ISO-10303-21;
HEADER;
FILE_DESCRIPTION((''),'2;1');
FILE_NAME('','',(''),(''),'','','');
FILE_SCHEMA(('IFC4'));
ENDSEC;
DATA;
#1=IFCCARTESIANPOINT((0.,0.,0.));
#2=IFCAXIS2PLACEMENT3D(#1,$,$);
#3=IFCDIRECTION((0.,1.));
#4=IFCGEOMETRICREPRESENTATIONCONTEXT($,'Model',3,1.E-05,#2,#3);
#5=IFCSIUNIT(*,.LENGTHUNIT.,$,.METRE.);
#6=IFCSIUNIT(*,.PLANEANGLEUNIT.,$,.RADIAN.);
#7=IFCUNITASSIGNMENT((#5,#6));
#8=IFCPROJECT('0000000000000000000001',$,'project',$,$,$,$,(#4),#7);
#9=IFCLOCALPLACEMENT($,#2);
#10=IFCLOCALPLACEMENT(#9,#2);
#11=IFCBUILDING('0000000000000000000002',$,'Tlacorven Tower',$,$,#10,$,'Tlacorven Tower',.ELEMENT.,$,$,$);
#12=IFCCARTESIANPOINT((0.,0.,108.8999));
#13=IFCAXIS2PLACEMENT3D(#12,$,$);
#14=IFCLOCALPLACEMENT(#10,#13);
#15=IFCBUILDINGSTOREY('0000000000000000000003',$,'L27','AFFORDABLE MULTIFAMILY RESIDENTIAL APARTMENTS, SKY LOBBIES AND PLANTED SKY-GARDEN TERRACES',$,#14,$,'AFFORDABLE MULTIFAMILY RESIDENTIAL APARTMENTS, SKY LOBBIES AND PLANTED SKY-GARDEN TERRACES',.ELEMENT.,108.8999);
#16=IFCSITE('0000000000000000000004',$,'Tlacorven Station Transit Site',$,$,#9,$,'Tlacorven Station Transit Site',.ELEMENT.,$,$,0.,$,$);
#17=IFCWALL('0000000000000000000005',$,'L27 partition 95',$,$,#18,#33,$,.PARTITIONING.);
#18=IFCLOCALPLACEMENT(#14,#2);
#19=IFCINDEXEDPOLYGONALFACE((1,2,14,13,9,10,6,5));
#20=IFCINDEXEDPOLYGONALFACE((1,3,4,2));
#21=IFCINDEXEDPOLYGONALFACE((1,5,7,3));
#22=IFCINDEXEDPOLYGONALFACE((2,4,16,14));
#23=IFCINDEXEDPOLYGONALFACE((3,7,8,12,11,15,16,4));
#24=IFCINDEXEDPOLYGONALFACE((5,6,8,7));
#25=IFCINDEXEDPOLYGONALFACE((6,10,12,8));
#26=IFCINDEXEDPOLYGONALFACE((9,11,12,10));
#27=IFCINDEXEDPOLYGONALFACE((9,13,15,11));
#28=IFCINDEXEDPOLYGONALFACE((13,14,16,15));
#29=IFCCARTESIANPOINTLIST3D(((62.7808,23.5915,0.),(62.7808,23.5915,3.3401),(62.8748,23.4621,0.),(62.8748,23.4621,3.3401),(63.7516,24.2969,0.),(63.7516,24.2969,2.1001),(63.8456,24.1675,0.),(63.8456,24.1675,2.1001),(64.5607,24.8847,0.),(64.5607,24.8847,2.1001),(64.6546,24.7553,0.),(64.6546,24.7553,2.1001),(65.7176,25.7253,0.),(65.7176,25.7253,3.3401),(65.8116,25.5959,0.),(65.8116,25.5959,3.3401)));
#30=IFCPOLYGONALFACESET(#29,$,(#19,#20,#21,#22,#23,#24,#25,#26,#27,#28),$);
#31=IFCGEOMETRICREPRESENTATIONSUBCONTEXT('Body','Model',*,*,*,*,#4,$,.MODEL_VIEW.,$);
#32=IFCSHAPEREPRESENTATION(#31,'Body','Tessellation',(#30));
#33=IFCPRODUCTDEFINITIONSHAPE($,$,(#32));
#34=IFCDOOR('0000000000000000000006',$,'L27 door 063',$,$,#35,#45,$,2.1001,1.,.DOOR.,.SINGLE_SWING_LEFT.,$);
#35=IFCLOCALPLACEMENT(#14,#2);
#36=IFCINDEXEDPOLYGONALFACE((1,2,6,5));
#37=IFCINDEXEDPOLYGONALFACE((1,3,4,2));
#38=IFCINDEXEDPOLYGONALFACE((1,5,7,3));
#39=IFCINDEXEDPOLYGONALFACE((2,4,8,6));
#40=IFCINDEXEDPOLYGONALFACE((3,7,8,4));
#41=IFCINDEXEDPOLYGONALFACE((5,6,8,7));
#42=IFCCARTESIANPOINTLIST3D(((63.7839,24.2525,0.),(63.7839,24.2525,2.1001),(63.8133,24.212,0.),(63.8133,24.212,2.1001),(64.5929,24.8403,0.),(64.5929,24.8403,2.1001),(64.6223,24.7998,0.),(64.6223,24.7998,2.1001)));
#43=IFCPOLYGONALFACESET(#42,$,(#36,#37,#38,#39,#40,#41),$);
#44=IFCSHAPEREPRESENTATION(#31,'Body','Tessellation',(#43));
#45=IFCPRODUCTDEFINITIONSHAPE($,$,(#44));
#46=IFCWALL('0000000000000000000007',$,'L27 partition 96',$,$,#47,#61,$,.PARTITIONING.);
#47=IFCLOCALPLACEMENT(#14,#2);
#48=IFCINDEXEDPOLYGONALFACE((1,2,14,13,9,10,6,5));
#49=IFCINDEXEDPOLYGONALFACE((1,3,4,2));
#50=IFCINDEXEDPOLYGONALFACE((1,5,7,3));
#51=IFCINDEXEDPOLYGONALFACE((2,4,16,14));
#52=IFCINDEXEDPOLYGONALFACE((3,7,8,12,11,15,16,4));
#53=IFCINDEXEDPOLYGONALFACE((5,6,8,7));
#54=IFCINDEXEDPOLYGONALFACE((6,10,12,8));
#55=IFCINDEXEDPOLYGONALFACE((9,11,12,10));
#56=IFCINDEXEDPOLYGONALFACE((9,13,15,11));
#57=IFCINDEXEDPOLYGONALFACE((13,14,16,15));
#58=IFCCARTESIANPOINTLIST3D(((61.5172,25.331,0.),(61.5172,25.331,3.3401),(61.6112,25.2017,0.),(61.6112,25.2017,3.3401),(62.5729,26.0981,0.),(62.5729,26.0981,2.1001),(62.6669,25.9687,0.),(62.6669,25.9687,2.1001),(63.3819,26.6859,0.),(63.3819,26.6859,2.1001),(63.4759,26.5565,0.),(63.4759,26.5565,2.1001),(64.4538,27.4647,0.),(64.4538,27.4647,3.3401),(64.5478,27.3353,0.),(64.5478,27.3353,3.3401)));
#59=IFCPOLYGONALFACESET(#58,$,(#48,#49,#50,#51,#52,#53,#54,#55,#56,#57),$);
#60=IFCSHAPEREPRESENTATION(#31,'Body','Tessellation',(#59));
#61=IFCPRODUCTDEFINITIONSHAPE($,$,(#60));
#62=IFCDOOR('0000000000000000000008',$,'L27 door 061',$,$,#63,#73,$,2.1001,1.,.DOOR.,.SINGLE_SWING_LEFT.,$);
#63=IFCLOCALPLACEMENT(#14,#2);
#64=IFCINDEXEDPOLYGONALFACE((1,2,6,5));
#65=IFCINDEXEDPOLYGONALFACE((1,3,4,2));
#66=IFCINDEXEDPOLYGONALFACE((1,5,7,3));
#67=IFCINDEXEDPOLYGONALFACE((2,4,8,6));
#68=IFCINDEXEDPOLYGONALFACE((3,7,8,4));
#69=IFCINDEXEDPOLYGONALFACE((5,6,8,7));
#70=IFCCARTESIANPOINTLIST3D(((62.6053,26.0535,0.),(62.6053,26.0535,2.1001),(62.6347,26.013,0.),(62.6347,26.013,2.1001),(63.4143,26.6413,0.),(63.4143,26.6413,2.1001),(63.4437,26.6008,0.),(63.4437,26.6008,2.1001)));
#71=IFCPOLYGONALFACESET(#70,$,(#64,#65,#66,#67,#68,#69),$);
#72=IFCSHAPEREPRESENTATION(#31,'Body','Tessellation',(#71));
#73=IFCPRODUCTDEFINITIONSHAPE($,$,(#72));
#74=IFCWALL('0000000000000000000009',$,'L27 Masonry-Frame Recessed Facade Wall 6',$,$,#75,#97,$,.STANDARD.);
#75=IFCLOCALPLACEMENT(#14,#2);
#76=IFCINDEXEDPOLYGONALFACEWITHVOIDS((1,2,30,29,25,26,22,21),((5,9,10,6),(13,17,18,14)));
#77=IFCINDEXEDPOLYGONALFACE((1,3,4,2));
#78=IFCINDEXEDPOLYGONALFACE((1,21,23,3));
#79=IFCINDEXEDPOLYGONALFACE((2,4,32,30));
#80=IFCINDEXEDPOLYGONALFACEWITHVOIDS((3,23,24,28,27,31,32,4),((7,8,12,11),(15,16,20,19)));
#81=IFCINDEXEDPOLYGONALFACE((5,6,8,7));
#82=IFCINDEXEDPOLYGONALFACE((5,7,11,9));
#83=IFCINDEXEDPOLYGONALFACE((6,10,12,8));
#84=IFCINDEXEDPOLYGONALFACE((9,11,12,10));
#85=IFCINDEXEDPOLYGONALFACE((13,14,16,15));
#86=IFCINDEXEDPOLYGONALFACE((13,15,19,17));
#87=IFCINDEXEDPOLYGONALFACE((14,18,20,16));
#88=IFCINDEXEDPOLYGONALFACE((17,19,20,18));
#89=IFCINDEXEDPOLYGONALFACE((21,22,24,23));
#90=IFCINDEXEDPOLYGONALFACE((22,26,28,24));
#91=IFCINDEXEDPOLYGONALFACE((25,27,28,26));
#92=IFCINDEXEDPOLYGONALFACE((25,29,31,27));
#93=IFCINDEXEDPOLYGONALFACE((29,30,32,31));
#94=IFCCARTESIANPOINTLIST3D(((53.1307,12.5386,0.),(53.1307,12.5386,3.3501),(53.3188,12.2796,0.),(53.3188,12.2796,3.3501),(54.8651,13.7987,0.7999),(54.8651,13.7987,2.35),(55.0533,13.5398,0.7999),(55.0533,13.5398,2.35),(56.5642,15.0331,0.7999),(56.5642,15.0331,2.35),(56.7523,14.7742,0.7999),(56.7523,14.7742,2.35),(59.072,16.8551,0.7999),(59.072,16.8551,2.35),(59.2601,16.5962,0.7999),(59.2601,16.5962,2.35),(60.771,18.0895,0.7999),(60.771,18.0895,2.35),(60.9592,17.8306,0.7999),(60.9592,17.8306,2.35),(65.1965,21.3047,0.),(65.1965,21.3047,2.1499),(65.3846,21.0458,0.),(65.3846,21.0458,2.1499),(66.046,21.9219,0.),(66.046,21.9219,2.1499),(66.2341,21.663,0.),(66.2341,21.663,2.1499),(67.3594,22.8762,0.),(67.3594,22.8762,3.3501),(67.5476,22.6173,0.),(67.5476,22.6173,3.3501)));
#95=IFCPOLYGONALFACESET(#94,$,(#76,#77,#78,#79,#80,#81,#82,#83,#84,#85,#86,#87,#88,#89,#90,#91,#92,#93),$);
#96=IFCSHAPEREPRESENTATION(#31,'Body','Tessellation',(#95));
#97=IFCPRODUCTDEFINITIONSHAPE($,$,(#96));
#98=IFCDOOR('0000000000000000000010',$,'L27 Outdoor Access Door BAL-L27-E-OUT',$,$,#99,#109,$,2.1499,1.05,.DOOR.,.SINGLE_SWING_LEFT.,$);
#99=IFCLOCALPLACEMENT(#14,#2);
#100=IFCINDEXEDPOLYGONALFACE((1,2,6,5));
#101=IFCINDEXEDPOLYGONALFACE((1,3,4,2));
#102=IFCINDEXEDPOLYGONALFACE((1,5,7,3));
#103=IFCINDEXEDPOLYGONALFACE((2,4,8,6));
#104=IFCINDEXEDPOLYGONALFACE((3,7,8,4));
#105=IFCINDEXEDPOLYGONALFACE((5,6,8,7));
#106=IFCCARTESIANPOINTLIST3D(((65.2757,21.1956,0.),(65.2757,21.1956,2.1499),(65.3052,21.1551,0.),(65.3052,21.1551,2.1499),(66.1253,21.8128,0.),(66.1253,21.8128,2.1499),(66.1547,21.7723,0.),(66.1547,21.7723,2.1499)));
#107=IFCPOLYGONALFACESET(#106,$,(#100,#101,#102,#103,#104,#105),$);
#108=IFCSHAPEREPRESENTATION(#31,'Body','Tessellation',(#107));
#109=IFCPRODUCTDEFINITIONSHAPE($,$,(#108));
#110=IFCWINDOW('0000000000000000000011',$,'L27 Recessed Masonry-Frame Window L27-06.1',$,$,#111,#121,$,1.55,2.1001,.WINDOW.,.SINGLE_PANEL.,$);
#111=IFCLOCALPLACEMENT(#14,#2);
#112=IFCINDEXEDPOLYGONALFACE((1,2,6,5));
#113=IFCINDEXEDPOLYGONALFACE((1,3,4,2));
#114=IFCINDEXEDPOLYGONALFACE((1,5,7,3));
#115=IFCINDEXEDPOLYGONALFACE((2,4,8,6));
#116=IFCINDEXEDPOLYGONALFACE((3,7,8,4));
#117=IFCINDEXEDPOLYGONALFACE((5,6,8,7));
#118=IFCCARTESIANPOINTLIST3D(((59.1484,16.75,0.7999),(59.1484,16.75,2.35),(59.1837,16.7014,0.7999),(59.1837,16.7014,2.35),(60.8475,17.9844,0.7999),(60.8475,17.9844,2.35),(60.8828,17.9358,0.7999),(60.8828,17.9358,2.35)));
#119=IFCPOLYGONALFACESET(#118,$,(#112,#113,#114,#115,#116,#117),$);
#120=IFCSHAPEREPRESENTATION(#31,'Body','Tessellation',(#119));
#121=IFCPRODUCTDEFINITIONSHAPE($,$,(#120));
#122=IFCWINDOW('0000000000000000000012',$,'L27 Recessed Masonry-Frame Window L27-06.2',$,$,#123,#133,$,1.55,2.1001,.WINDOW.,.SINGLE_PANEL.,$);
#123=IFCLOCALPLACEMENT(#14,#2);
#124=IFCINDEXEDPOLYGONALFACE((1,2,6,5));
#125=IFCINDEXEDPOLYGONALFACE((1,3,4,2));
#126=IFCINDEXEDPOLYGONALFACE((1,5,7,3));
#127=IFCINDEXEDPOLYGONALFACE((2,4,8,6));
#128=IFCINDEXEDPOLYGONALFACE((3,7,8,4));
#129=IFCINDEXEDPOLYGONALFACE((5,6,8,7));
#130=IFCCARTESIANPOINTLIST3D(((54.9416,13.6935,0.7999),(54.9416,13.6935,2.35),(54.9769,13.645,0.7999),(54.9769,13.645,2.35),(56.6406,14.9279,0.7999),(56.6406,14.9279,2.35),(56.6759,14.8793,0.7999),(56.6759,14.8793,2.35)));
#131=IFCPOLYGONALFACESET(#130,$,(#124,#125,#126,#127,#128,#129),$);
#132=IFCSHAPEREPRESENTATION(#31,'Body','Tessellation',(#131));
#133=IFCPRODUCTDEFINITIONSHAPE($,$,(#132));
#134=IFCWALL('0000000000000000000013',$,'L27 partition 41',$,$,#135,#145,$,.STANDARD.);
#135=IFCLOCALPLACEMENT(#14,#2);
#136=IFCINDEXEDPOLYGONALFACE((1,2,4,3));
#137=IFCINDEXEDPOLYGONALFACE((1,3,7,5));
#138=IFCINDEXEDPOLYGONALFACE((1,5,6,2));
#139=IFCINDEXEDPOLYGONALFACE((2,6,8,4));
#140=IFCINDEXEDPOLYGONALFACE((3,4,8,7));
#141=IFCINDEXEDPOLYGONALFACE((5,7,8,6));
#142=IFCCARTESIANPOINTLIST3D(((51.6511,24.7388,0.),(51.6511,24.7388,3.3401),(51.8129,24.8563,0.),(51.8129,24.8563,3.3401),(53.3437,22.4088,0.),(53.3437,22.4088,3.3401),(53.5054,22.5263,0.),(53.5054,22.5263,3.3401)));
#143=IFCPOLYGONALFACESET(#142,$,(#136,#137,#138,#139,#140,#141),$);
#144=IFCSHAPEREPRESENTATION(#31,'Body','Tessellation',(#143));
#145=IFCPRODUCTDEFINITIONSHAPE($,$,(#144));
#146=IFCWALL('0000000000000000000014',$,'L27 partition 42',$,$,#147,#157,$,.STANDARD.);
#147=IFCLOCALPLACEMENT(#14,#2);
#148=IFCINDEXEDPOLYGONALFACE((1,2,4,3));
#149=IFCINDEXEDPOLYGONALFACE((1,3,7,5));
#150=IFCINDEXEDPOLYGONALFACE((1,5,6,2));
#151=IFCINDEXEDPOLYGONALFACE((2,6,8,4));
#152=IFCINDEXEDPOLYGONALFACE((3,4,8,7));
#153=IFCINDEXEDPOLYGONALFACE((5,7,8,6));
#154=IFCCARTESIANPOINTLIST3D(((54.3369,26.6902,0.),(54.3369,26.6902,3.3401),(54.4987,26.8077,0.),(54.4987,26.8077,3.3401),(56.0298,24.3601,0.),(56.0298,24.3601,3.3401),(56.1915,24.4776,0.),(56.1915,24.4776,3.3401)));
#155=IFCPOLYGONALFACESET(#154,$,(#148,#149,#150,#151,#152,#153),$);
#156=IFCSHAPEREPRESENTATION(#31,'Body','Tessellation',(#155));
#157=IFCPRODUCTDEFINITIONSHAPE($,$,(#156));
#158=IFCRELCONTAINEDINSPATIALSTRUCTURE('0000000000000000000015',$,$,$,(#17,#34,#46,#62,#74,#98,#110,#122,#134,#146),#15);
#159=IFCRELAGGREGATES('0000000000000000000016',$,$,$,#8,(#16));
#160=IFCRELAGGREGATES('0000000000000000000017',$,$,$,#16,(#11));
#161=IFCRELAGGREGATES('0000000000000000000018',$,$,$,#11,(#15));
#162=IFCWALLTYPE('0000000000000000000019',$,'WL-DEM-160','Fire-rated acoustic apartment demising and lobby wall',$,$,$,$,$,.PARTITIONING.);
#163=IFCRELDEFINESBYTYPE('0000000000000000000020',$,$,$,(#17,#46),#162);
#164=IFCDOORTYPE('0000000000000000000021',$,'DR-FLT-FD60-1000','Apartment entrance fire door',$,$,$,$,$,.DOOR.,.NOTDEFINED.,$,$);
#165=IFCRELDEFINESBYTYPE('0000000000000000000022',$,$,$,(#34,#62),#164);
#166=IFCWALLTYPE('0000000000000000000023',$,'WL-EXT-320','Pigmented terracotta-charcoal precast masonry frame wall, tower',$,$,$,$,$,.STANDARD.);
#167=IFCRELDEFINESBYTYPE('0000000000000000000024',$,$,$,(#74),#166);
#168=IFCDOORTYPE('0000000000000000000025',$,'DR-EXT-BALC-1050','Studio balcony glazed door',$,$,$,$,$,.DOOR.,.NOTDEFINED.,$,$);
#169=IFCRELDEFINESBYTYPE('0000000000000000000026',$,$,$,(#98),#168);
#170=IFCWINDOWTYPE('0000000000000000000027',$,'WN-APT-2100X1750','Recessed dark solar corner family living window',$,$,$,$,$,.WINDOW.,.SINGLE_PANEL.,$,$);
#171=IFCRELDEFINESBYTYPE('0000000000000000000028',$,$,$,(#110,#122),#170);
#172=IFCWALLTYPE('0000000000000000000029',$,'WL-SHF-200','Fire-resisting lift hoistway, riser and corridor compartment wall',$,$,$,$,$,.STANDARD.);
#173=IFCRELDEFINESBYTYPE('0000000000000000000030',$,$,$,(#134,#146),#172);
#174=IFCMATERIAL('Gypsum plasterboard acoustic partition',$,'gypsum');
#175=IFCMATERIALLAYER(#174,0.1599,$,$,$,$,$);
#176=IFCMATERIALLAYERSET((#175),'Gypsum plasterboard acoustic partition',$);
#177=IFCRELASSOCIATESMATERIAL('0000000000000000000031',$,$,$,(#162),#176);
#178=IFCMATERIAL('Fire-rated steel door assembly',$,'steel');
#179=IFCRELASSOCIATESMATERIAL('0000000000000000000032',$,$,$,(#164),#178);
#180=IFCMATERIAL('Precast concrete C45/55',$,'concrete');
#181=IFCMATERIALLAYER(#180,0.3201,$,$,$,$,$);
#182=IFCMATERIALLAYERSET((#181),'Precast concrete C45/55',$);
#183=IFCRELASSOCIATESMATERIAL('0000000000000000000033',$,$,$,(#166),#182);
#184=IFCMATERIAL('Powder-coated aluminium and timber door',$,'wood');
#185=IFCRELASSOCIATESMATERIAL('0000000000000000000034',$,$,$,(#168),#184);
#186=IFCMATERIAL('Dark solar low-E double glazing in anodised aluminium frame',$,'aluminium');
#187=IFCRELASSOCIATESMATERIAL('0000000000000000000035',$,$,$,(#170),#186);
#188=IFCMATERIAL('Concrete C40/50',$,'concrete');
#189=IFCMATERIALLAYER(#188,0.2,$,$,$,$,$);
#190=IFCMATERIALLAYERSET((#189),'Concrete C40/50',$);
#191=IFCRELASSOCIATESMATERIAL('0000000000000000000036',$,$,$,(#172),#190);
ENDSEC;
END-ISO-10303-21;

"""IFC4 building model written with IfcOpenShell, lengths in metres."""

from ifc_helpers import new_model, si_unit, direction, frame, frame_2d, origin, place, context, subcontext, project, spatial, rectangle, extrude, source, transform, mapped, material, layer, layer_set, type_object, element, fill, save


model = new_model("IFC4")

# Units and contexts
model_context = context("Model", 3, precision=1e-05, world=origin(), true_north=direction((0.0, 1.0)))
body_context = subcontext(model_context, "Body", "Model", "MODEL_VIEW")
ifc_project = project(units=[si_unit("LENGTHUNIT", "METRE"), si_unit("PLANEANGLEUNIT", "RADIAN")], contexts=[model_context])

# Site, building, storey
site_placement = place(None, origin())
site = spatial("IfcSite", under=ifc_project, at=site_placement, Name="Tlacorven Station Transit Site", LongName="Tlacorven Station Transit Site", CompositionType="ELEMENT", RefElevation=0.0)
building_placement = place(site_placement, origin())
building = spatial("IfcBuilding", under=site, at=building_placement, Name="Tlacorven Tower", LongName="Tlacorven Tower", CompositionType="ELEMENT")
storey_placement = place(building_placement, frame((0.0, 0.0, 108.8999)))
storey = spatial("IfcBuildingStorey", under=building, at=storey_placement, Name="L27", Description="AFFORDABLE MULTIFAMILY RESIDENTIAL APARTMENTS, SKY LOBBIES AND PLANTED SKY-GARDEN TERRACES", LongName="AFFORDABLE MULTIFAMILY RESIDENTIAL APARTMENTS, SKY LOBBIES AND PLANTED SKY-GARDEN TERRACES", CompositionType="ELEMENT", Elevation=108.8999)

# Shared definitions
ifc_material_1 = material(Name="Gypsum plasterboard acoustic partition", Category="gypsum")
ifc_layer_1 = layer(ifc_material_1, 0.1599)
ifc_layer_set_1 = layer_set([ifc_layer_1], Name="Gypsum plasterboard acoustic partition")
wall_type_1 = type_object("IfcWallType", Name="WL-DEM-160", Description="Fire-rated acoustic apartment demising and lobby wall", PredefinedType="PARTITIONING", material=ifc_layer_set_1)
ifc_material_2 = material(Name="Fire-rated steel door assembly", Category="steel")
door_type_1 = type_object("IfcDoorType", Name="DR-FLT-FD60-1000", Description="Apartment entrance fire door", OperationType="NOTDEFINED", PredefinedType="DOOR", material=ifc_material_2)
shared_shape_1 = source(origin(), body_context, "Body", "SweptSolid", [
    extrude(rectangle(XDim=1.0, YDim=2.1001, at=frame_2d((0.5, 1.05))), frame((0.0, 0.0249, 0.0), z_axis=(0.0, -1.0, 0.0), x_axis=(1.0, 0.0, 0.0)), (0.0, 0.0, 1.0), 0.05),
])

# Walls, openings, doors
wall_1_placement = place(storey_placement, frame((62.8279, 23.5269, 0.0), z_axis=(0.0, 0.0, 1.0), x_axis=(0.809004, 0.587804, 0.0)))
wall_1 = element("IfcWall", 1, at=wall_1_placement, inside=storey, type_object=wall_type_1, Name="L27 partition 95", PredefinedType="PARTITIONING", context=body_context, shape_type="SweptSolid", body=[
    extrude(rectangle(XDim=3.6301, YDim=0.1599, at=frame_2d((1.8149, 0.0))), origin(), (0.0, 0.0, 1.0), 3.3401),
])
opening_1_placement = place(wall_1_placement, frame((1.2, 0.0, 0.0)))
opening_1 = element("IfcOpeningElement", 2, at=opening_1_placement, cuts=wall_1, PredefinedType="OPENING", context=body_context, shape_type="SweptSolid", body=[
    extrude(rectangle(XDim=1.0, YDim=2.1001, at=frame_2d((0.5, 1.05))), frame((0.0, 0.0898, 0.0), z_axis=(0.0, -1.0, 0.0), x_axis=(1.0, 0.0, 0.0)), (0.0, 0.0, 1.0), 0.1799),
])
door_1_placement = place(opening_1_placement, frame((1.0, 0.0, 0.0), z_axis=(0.0, 0.0, 1.0), x_axis=(-1.0, 0.0, 0.0)))
door_1 = element("IfcDoor", 3, at=door_1_placement, inside=storey, type_object=door_type_1, Name="L27 door 063", OperationType="SINGLE_SWING_LEFT", OverallHeight=2.1001, OverallWidth=1.0, PredefinedType="DOOR", context=body_context, shape_type="MappedRepresentation", body=[
    mapped(shared_shape_1, transform((0.0, 0.0, 0.0), scale=1.0)),
])
fill(opening_1, door_1)
wall_2_placement = place(storey_placement, frame((61.5642, 25.2664, 0.0), z_axis=(0.0, 0.0, 1.0), x_axis=(0.809012, 0.587792, 0.0)))
wall_2 = element("IfcWall", 4, at=wall_2_placement, inside=storey, type_object=wall_type_1, Name="L27 partition 96", PredefinedType="PARTITIONING", context=body_context, shape_type="SweptSolid", body=[
    extrude(rectangle(XDim=3.6299, YDim=0.1599, at=frame_2d((1.8149, 0.0))), origin(), (0.0, 0.0, 1.0), 3.3401),
])
opening_2_placement = place(wall_2_placement, frame((1.3049, 0.0, 0.0)))
opening_2 = element("IfcOpeningElement", 5, at=opening_2_placement, cuts=wall_2, PredefinedType="OPENING", context=body_context, shape_type="SweptSolid", body=[
    extrude(rectangle(XDim=1.0, YDim=2.1001, at=frame_2d((0.5, 1.05))), frame((0.0, 0.0898, 0.0), z_axis=(0.0, -1.0, 0.0), x_axis=(1.0, 0.0, 0.0)), (0.0, 0.0, 1.0), 0.1799),
])
door_2_placement = place(opening_2_placement, origin())
door_2 = element("IfcDoor", 6, at=door_2_placement, inside=storey, type_object=door_type_1, Name="L27 door 061", OperationType="SINGLE_SWING_LEFT", OverallHeight=2.1001, OverallWidth=1.0, PredefinedType="DOOR", context=body_context, shape_type="MappedRepresentation", body=[
    mapped(shared_shape_1, transform((0.0, 0.0, 0.0), scale=1.0)),
])
fill(opening_2, door_2)

# Wall, openings, door, windows
ifc_material_3 = material(Name="Precast concrete C45/55", Category="concrete")
ifc_layer_2 = layer(ifc_material_3, 0.3201)
ifc_layer_set_2 = layer_set([ifc_layer_2], Name="Precast concrete C45/55")
wall_type_2 = type_object("IfcWallType", Name="WL-EXT-320", Description="Pigmented terracotta-charcoal precast masonry frame wall, tower", PredefinedType="STANDARD", material=ifc_layer_set_2)
wall_3_placement = place(storey_placement, frame((67.4536, 22.7468, 0.0), z_axis=(0.0, 0.0, 1.0), x_axis=(-0.809021, -0.58778, 0.0)))
wall_3 = element("IfcWall", 7, at=wall_3_placement, inside=storey, type_object=wall_type_2, Name="L27 Masonry-Frame Recessed Facade Wall 6", PredefinedType="STANDARD", context=body_context, shape_type="SweptSolid", body=[
    extrude(rectangle(XDim=17.5876, YDim=0.3201, at=frame_2d((8.7939, 0.0))), origin(), (0.0, 0.0, 1.0), 3.3501),
])
opening_3_placement = place(wall_3_placement, frame((1.6238, 0.0, 0.0)))
opening_3 = element("IfcOpeningElement", 8, at=opening_3_placement, cuts=wall_3, PredefinedType="OPENING", context=body_context, shape_type="SweptSolid", body=[
    extrude(rectangle(XDim=1.05, YDim=2.1499, at=frame_2d((0.5249, 1.075))), frame((0.0, 0.1699, 0.0), z_axis=(0.0, -1.0, 0.0), x_axis=(1.0, 0.0, 0.0)), (0.0, 0.0, 1.0), 0.3401),
])
opening_4_placement = place(wall_3_placement, frame((8.1438, 0.0, 0.8)))
opening_4 = element("IfcOpeningElement", 9, at=opening_4_placement, cuts=wall_3, PredefinedType="OPENING", context=body_context, shape_type="SweptSolid", body=[
    extrude(rectangle(XDim=2.1001, YDim=1.55, at=frame_2d((1.05, 0.7749))), frame((0.0, 0.1699, 0.0), z_axis=(0.0, -1.0, 0.0), x_axis=(1.0, 0.0, 0.0)), (0.0, 0.0, 1.0), 0.3401),
])
opening_5_placement = place(wall_3_placement, frame((13.3438, 0.0, 0.8)))
opening_5 = element("IfcOpeningElement", 10, at=opening_5_placement, cuts=wall_3, PredefinedType="OPENING", context=body_context, shape_type="SweptSolid", body=[
    extrude(rectangle(XDim=2.1001, YDim=1.55, at=frame_2d((1.05, 0.7749))), frame((0.0, 0.1699, 0.0), z_axis=(0.0, -1.0, 0.0), x_axis=(1.0, 0.0, 0.0)), (0.0, 0.0, 1.0), 0.3401),
])
ifc_material_4 = material(Name="Powder-coated aluminium and timber door", Category="wood")
door_type_2 = type_object("IfcDoorType", Name="DR-EXT-BALC-1050", Description="Studio balcony glazed door", OperationType="NOTDEFINED", PredefinedType="DOOR", material=ifc_material_4)
shared_shape_2 = source(origin(), body_context, "Body", "SweptSolid", [
    extrude(rectangle(XDim=1.05, YDim=2.1499, at=frame_2d((0.5249, 1.075))), frame((0.0, 0.0249, 0.0), z_axis=(0.0, -1.0, 0.0), x_axis=(1.0, 0.0, 0.0)), (0.0, 0.0, 1.0), 0.05),
])
door_3_placement = place(opening_3_placement, origin())
door_3 = element("IfcDoor", 11, at=door_3_placement, inside=storey, type_object=door_type_2, Name="L27 Outdoor Access Door BAL-L27-E-OUT", OperationType="SINGLE_SWING_LEFT", OverallHeight=2.1499, OverallWidth=1.05, PredefinedType="DOOR", context=body_context, shape_type="MappedRepresentation", body=[
    mapped(shared_shape_2, transform((0.0, 0.0, 0.0), scale=1.0)),
])
fill(opening_3, door_3)
ifc_material_5 = material(Name="Dark solar low-E double glazing in anodised aluminium frame", Category="aluminium")
window_type = type_object("IfcWindowType", Name="WN-APT-2100X1750", Description="Recessed dark solar corner family living window", PartitioningType="SINGLE_PANEL", PredefinedType="WINDOW", material=ifc_material_5)
shared_shape_3 = source(origin(), body_context, "Body", "SweptSolid", [
    extrude(rectangle(XDim=2.1001, YDim=1.55, at=frame_2d((1.05, 0.7749))), frame((0.0, 0.03, 0.0), z_axis=(0.0, -1.0, 0.0), x_axis=(1.0, 0.0, 0.0)), (0.0, 0.0, 1.0), 0.0601),
])
window_1_placement = place(opening_4_placement, origin())
window_1 = element("IfcWindow", 12, at=window_1_placement, inside=storey, type_object=window_type, Name="L27 Recessed Masonry-Frame Window L27-06.1", OverallHeight=1.55, OverallWidth=2.1001, PartitioningType="SINGLE_PANEL", PredefinedType="WINDOW", context=body_context, shape_type="MappedRepresentation", body=[
    mapped(shared_shape_3, transform((0.0, 0.0, 0.0), scale=1.0)),
])
fill(opening_4, window_1)
window_2_placement = place(opening_5_placement, origin())
window_2 = element("IfcWindow", 13, at=window_2_placement, inside=storey, type_object=window_type, Name="L27 Recessed Masonry-Frame Window L27-06.2", OverallHeight=1.55, OverallWidth=2.1001, PartitioningType="SINGLE_PANEL", PredefinedType="WINDOW", context=body_context, shape_type="MappedRepresentation", body=[
    mapped(shared_shape_3, transform((0.0, 0.0, 0.0), scale=1.0)),
])
fill(opening_5, window_2)

# Walls
ifc_material_6 = material(Name="Concrete C40/50", Category="concrete")
ifc_layer_3 = layer(ifc_material_6, 0.2)
ifc_layer_set_3 = layer_set([ifc_layer_3], Name="Concrete C40/50")
wall_type_3 = type_object("IfcWallType", Name="WL-SHF-200", Description="Fire-resisting lift hoistway, riser and corridor compartment wall", PredefinedType="STANDARD", material=ifc_layer_set_3)
wall_4_placement = place(storey_placement, frame((53.4246, 22.4675, 0.0), z_axis=(0.0, 0.0, 1.0), x_axis=(-0.587723, 0.809062, 0.0)))
element("IfcWall", 14, at=wall_4_placement, inside=storey, type_object=wall_type_3, Name="L27 partition 41", PredefinedType="STANDARD", context=body_context, shape_type="SweptSolid", body=[
    extrude(rectangle(XDim=2.8799, YDim=0.2, at=frame_2d((1.4399, 0.0))), origin(), (0.0, 0.0, 1.0), 3.3401),
])
wall_5_placement = place(storey_placement, frame((56.1106, 24.4189, 0.0), z_axis=(0.0, 0.0, 1.0), x_axis=(-0.587778, 0.809022, 0.0)))
element("IfcWall", 15, at=wall_5_placement, inside=storey, type_object=wall_type_3, Name="L27 partition 42", PredefinedType="STANDARD", context=body_context, shape_type="SweptSolid", body=[
    extrude(rectangle(XDim=2.8801, YDim=0.2, at=frame_2d((1.4399, 0.0))), origin(), (0.0, 0.0, 1.0), 3.3401),
])

save(model, "model.ifc")
